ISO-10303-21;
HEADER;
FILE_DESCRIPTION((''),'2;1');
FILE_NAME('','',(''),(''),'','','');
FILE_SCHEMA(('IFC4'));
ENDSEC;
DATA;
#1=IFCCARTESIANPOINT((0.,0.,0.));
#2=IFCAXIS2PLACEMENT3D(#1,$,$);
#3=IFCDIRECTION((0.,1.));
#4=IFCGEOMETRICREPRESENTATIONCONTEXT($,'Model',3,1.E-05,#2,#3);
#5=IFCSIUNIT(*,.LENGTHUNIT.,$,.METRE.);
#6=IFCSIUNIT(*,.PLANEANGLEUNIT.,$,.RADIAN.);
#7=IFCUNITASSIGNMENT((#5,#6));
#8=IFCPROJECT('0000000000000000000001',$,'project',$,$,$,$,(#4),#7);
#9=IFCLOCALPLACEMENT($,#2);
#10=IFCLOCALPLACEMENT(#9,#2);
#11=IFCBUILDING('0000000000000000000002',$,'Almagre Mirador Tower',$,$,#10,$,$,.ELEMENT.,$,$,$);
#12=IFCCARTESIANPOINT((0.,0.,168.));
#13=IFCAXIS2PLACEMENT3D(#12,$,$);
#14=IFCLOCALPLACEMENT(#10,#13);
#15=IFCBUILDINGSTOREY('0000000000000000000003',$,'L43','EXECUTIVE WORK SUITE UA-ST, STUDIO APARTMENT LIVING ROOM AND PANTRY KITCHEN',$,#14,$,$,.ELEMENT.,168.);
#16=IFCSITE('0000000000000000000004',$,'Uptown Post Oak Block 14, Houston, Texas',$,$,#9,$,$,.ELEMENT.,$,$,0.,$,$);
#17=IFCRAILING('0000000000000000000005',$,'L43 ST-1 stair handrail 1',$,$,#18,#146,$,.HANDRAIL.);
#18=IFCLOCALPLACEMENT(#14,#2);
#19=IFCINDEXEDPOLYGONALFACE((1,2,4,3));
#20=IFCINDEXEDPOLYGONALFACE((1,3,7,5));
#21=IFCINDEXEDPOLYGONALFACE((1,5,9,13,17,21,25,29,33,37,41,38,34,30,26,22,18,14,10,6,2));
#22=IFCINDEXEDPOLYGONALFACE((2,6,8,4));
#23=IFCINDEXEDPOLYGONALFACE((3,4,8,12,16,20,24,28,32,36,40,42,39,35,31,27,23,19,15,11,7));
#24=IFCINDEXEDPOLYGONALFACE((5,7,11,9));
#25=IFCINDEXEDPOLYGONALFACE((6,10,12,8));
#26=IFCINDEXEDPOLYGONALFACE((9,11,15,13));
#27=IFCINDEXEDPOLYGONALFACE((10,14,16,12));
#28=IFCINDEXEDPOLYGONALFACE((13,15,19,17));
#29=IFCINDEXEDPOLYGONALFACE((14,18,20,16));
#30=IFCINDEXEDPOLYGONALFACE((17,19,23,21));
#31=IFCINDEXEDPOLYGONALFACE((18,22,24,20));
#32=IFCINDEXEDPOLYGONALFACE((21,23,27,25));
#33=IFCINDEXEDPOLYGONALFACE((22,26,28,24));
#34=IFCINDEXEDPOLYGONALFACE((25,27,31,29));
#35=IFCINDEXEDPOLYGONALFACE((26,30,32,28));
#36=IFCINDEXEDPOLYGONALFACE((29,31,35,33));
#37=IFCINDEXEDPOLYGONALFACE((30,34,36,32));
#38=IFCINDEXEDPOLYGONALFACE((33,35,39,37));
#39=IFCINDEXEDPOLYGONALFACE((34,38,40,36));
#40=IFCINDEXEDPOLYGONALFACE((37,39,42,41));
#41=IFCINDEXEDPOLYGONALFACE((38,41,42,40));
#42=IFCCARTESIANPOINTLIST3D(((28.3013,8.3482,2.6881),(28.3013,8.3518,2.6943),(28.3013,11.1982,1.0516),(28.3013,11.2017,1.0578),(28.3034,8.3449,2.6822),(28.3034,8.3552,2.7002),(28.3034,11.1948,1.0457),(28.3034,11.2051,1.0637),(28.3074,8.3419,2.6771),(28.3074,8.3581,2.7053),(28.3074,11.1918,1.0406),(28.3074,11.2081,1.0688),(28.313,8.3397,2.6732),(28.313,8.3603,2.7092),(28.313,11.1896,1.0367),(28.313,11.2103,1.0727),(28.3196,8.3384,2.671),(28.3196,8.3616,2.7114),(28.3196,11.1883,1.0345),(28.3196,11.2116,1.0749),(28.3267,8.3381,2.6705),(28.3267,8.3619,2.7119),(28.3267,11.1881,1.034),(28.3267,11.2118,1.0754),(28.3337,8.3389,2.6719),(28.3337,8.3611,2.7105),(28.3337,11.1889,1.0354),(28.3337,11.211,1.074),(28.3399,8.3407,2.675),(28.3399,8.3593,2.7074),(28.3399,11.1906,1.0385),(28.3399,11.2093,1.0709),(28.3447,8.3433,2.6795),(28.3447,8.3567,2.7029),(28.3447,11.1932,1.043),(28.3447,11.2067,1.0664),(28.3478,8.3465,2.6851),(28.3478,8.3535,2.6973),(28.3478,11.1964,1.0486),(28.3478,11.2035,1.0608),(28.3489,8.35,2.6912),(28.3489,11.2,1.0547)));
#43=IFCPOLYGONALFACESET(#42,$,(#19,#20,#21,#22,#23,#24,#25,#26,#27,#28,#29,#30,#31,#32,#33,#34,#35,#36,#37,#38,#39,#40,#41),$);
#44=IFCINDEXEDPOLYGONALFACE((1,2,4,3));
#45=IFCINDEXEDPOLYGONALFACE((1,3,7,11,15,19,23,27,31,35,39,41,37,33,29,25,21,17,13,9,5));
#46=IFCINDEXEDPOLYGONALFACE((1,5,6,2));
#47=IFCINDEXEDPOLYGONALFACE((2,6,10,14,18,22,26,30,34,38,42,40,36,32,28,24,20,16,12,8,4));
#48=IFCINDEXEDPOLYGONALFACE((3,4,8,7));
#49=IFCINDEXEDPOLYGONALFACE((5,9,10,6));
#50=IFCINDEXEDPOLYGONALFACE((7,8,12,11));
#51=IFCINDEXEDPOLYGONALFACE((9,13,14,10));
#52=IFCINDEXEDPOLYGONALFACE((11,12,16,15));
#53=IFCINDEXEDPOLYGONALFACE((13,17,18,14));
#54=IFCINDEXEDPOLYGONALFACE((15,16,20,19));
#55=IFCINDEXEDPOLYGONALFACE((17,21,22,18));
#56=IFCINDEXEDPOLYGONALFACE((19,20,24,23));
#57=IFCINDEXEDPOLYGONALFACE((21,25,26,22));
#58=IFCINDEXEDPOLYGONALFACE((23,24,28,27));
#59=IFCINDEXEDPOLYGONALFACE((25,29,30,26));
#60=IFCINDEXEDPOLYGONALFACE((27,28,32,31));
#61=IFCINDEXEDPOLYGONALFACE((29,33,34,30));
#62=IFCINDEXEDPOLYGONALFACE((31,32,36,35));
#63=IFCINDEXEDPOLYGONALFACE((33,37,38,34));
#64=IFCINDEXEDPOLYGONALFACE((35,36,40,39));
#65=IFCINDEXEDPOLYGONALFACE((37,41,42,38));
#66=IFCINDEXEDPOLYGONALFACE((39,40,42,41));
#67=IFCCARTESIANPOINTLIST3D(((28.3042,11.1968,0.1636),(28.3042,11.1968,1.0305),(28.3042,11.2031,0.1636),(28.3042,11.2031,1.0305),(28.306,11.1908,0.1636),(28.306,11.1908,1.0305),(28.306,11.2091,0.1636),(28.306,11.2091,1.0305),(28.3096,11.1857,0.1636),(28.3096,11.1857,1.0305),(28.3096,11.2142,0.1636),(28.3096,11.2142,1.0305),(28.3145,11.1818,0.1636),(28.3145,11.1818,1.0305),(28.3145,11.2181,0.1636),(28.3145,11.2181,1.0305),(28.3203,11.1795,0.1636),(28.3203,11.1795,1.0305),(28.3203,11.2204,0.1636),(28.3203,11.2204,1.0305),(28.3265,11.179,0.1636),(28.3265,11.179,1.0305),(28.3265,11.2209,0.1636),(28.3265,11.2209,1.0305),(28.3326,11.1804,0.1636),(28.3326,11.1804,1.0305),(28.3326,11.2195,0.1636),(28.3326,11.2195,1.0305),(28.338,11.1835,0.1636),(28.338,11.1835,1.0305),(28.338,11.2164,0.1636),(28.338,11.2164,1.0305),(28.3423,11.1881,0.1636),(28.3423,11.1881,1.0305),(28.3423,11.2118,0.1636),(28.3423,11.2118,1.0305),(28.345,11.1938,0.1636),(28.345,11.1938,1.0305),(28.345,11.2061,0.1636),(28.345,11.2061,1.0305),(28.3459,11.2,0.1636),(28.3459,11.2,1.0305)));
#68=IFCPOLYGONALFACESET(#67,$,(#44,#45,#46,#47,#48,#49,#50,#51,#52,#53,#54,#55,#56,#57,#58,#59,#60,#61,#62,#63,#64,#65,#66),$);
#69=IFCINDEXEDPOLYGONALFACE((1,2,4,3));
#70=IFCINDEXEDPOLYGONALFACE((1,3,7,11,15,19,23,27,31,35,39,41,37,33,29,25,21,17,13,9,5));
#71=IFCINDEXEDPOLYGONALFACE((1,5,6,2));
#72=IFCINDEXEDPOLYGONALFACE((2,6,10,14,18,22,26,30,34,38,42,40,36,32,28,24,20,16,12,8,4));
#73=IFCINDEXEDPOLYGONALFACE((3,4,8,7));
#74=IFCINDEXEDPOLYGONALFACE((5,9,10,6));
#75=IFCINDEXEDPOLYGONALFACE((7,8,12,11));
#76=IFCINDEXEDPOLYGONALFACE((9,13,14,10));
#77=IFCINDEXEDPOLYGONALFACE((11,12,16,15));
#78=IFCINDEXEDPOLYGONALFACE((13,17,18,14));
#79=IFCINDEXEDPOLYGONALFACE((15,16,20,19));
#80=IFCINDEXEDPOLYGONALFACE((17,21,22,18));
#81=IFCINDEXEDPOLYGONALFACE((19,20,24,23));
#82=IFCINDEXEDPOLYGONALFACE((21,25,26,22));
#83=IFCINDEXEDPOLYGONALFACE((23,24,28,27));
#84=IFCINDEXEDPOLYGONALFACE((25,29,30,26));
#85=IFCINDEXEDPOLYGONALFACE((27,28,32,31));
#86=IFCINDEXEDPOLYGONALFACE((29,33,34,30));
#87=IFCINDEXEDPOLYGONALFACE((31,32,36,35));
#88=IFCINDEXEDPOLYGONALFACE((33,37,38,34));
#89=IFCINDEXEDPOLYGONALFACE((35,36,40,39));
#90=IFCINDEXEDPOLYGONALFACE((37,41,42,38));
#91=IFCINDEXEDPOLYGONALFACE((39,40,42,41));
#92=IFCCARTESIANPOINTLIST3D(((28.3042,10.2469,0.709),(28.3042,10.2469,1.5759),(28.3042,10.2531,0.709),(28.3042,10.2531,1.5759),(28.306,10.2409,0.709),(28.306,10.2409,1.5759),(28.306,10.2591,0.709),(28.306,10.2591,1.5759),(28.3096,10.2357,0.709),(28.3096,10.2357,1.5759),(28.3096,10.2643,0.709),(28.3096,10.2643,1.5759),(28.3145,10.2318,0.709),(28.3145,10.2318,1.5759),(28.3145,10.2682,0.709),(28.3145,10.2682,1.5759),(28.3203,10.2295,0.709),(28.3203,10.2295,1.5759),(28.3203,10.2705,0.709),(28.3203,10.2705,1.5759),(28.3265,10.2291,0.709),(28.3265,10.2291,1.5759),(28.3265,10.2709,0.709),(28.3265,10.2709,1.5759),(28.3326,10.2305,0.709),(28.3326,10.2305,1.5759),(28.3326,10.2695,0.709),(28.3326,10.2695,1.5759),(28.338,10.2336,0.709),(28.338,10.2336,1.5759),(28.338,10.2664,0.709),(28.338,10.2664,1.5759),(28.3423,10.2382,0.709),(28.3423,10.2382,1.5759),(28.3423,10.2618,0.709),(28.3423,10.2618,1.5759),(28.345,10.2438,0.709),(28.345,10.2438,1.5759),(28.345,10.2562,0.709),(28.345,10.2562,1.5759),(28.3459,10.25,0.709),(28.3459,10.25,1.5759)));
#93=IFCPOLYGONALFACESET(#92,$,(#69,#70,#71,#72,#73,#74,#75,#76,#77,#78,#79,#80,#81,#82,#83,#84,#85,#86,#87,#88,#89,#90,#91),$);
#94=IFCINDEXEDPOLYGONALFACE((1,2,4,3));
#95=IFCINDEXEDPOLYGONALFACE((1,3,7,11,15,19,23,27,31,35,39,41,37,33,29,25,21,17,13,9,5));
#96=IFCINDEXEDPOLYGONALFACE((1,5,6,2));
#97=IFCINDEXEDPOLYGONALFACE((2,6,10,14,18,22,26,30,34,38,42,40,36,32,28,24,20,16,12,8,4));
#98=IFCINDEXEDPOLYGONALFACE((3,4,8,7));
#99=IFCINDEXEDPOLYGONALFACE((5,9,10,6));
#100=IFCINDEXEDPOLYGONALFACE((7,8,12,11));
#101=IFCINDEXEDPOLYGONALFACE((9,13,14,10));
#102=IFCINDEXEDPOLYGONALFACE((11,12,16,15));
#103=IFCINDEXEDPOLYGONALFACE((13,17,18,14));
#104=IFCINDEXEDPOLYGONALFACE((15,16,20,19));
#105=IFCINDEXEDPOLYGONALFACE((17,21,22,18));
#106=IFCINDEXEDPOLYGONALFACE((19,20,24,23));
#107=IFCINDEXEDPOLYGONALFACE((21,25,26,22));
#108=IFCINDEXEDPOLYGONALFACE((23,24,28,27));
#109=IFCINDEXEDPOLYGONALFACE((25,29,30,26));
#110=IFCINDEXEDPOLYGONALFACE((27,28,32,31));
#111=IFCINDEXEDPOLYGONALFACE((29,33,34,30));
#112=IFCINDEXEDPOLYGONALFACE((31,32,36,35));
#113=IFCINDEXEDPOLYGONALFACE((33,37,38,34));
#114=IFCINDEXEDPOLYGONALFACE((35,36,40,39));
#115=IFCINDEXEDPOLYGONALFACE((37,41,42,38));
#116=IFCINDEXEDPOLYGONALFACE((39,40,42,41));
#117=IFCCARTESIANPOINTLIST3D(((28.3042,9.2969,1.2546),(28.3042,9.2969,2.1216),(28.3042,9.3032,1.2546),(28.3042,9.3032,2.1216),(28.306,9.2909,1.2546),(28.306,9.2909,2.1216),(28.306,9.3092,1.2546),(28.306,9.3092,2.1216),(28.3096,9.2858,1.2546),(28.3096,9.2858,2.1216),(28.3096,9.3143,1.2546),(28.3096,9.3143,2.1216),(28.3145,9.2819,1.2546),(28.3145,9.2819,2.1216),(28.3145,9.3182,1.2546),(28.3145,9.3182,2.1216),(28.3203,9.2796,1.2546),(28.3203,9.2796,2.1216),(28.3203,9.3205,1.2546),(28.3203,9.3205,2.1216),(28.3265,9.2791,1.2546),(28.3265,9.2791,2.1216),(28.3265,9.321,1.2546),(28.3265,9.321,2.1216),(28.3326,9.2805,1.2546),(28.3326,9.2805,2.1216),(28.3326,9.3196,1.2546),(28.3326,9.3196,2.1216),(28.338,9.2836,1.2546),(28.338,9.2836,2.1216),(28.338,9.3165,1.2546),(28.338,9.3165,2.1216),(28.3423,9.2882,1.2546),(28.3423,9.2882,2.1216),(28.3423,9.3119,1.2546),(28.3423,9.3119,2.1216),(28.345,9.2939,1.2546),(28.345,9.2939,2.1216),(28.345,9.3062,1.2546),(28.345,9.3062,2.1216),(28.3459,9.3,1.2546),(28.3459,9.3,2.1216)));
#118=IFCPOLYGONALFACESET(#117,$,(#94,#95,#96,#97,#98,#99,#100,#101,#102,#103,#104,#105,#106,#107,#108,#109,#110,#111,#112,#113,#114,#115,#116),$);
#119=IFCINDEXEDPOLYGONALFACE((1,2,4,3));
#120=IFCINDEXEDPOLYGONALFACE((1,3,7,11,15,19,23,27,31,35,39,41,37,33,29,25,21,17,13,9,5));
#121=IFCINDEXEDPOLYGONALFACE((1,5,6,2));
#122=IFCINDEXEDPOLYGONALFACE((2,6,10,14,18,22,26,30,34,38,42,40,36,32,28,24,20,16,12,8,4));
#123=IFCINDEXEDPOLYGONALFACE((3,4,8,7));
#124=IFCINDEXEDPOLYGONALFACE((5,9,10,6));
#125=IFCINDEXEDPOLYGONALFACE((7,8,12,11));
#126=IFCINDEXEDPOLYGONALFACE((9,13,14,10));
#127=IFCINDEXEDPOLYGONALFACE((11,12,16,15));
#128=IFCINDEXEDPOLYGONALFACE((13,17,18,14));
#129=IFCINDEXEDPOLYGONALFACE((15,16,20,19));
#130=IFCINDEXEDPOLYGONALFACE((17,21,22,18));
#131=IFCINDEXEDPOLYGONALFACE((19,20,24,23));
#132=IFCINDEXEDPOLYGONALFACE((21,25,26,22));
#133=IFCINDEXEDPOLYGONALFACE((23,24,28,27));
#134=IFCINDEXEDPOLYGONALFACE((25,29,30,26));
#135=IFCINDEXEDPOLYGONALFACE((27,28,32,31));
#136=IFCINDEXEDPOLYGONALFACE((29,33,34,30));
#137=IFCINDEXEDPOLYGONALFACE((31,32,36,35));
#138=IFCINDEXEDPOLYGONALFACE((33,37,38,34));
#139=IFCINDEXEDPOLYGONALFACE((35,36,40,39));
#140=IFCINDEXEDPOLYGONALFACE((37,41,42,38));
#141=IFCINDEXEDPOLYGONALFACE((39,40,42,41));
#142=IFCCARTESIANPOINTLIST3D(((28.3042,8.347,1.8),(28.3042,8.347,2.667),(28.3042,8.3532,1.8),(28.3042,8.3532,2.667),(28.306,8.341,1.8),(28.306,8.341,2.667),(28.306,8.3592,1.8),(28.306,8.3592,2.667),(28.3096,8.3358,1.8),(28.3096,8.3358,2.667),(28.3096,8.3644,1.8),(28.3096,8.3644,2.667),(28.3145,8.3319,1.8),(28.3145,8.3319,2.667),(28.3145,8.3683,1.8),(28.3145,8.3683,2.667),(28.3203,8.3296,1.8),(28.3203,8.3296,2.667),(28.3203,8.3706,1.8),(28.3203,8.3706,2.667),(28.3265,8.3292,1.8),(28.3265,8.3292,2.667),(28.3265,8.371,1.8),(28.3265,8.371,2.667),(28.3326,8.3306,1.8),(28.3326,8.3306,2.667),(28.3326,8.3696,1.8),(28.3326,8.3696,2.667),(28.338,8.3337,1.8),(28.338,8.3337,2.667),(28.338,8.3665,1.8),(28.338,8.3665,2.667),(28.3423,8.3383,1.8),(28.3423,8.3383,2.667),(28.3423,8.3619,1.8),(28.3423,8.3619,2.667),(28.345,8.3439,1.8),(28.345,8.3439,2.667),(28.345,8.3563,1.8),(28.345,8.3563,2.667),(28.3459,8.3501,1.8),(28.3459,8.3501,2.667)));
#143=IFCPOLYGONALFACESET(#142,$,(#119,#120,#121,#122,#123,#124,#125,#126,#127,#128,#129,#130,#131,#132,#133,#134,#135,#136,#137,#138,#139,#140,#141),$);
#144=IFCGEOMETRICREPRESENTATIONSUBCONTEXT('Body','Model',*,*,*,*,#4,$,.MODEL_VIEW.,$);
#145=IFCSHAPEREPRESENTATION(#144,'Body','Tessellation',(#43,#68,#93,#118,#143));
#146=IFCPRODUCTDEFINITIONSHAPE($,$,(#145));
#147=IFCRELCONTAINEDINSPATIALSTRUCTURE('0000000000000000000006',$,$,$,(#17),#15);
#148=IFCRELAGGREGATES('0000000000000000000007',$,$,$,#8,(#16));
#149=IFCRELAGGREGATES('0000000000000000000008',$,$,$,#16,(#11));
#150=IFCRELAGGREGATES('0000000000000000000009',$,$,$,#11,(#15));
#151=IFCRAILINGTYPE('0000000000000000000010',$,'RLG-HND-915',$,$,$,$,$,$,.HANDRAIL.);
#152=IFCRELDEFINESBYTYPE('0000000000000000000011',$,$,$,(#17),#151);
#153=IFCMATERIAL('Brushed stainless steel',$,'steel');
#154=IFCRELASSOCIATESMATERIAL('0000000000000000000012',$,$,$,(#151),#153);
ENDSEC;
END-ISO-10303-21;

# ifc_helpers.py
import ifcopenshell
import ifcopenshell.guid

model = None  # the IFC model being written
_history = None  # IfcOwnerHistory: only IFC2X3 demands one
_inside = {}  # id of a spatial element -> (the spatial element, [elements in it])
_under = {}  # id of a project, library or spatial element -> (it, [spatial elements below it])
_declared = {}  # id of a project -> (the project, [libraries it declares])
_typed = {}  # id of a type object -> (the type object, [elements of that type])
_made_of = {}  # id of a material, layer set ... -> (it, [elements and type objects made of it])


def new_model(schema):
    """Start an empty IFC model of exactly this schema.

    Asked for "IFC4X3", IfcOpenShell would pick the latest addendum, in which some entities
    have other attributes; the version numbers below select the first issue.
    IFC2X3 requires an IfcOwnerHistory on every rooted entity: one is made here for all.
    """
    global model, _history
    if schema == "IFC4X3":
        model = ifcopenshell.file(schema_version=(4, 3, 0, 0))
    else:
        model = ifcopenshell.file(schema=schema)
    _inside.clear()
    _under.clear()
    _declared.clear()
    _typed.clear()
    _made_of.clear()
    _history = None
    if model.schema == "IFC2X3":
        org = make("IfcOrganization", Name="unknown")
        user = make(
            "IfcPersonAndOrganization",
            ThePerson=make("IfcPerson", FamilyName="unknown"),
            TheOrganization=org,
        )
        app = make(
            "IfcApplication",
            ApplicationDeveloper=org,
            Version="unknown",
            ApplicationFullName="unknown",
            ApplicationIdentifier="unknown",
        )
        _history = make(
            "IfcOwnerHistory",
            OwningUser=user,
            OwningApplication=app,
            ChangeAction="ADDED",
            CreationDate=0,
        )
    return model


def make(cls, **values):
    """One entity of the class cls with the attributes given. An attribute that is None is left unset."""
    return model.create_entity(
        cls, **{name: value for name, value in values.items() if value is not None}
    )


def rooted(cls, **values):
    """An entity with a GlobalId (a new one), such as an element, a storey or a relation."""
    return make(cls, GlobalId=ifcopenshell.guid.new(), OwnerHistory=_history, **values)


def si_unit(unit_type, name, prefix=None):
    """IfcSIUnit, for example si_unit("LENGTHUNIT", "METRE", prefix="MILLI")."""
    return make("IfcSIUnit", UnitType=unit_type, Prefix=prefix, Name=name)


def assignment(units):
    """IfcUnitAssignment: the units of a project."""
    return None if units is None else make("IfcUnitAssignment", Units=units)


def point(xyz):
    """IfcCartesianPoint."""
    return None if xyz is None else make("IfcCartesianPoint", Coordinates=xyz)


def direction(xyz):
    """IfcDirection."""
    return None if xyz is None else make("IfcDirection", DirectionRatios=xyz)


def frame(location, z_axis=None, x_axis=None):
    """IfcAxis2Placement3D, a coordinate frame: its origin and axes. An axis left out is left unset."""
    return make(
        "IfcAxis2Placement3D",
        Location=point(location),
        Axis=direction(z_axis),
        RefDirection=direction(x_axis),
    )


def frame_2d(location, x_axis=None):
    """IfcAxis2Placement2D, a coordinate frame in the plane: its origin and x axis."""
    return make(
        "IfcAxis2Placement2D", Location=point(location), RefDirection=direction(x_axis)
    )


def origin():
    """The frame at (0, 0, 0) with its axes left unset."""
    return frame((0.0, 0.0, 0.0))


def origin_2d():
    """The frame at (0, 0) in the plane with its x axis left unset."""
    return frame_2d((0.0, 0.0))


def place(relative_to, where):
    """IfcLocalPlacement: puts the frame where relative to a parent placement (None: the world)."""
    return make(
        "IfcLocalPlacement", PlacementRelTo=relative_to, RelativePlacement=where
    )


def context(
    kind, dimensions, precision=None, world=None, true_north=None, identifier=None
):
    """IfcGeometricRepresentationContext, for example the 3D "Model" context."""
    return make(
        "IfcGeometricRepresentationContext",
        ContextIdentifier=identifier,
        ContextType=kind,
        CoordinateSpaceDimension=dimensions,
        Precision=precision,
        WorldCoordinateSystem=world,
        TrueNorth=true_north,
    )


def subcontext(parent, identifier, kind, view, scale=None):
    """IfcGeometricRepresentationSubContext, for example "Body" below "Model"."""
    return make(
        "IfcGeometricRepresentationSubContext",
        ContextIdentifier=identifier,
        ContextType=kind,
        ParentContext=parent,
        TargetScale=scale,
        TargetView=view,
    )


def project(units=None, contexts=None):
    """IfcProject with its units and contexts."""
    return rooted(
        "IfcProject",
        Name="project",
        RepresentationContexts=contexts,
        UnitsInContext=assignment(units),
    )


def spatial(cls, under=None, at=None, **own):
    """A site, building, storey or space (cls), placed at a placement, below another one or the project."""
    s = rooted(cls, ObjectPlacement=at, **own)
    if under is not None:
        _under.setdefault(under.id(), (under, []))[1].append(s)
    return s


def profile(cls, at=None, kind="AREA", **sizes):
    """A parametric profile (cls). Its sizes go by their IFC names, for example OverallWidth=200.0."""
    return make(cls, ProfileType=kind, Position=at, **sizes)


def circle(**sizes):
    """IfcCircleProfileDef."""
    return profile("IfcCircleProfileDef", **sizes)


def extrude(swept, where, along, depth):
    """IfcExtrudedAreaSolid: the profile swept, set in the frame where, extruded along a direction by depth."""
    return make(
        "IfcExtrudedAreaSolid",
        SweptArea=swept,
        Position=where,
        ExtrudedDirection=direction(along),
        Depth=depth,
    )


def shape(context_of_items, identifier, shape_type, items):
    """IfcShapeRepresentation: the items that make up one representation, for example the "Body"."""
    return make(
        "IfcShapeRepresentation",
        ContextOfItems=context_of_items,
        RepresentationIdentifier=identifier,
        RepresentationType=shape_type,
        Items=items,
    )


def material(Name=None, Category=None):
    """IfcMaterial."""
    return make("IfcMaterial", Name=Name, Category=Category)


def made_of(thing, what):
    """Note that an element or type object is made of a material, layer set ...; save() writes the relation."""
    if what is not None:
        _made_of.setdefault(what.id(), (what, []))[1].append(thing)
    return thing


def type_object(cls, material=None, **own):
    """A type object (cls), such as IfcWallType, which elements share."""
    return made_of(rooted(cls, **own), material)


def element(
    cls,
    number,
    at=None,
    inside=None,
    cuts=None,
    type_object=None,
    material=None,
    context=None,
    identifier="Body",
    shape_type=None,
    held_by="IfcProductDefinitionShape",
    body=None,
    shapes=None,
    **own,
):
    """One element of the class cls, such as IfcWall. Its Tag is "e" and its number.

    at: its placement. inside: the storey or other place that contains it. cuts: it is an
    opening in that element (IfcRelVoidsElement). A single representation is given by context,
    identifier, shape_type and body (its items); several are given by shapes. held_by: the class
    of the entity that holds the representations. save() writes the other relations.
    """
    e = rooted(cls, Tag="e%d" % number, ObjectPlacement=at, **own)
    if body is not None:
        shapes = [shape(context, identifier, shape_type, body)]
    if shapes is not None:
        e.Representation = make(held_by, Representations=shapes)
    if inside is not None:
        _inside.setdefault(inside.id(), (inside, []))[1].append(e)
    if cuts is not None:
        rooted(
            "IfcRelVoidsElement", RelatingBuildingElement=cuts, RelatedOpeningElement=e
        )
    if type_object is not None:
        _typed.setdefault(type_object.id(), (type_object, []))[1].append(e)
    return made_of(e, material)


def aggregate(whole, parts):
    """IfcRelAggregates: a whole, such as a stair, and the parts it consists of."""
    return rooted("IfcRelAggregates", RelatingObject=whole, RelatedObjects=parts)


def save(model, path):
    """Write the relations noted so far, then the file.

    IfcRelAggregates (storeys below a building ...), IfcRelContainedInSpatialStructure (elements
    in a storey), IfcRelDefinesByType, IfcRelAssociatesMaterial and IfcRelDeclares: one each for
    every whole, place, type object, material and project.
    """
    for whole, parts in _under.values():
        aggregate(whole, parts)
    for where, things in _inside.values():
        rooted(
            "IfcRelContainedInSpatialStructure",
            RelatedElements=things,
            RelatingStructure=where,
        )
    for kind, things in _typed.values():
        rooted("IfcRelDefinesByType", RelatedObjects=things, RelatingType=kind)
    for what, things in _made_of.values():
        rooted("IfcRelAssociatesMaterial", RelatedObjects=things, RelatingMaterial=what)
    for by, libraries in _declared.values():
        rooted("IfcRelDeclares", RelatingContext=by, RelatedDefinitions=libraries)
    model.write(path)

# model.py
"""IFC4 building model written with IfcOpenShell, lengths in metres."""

from ifc_helpers import new_model, si_unit, direction, frame, origin, origin_2d, place, context, subcontext, project, spatial, circle, extrude, material, type_object, element, save


model = new_model("IFC4")

# Units and contexts
model_context = context("Model", 3, precision=1e-05, world=origin(), true_north=direction((0.0, 1.0)))
body_context = subcontext(model_context, "Body", "Model", "MODEL_VIEW")
ifc_project = project(units=[si_unit("LENGTHUNIT", "METRE"), si_unit("PLANEANGLEUNIT", "RADIAN")], contexts=[model_context])

# Site, building, storey
site_placement = place(None, origin())
site = spatial("IfcSite", under=ifc_project, at=site_placement, Name="Uptown Post Oak Block 14, Houston, Texas", CompositionType="ELEMENT", RefElevation=0.0)
building_placement = place(site_placement, origin())
building = spatial("IfcBuilding", under=site, at=building_placement, Name="Almagre Mirador Tower", CompositionType="ELEMENT")
storey_placement = place(building_placement, frame((0.0, 0.0, 168.0)))
storey = spatial("IfcBuildingStorey", under=building, at=storey_placement, Name="L43", Description="EXECUTIVE WORK SUITE UA-ST, STUDIO APARTMENT LIVING ROOM AND PANTRY KITCHEN", CompositionType="ELEMENT", Elevation=168.0)

# Railing
ifc_material_1 = material(Name="Brushed stainless steel", Category="steel")
railing_type_1 = type_object("IfcRailingType", Name="RLG-HND-915", PredefinedType="HANDRAIL", material=ifc_material_1)
railing_1_placement = place(storey_placement, frame((28.325, 11.2, 0.1636)))
element("IfcRailing", 1, at=railing_1_placement, inside=storey, type_object=railing_type_1, Name="L43 ST-1 stair handrail 1", PredefinedType="HANDRAIL", context=body_context, shape_type="SweptSolid", body=[
    extrude(circle(Radius=0.0239, at=origin_2d()), frame((0.0, 0.0, 0.8911), z_axis=(0.0, -0.867194, 0.49797), x_axis=(1.0, 0.0, 0.0)), (0.0, 0.0, 1.0), 3.2864),
    extrude(circle(Radius=0.021, at=origin_2d()), origin(), (0.0, 0.0, 1.0), 0.8669),
    extrude(circle(Radius=0.021, at=origin_2d()), frame((0.0, -0.95, 0.5454)), (0.0, 0.0, 1.0), 0.8669),
    extrude(circle(Radius=0.021, at=origin_2d()), frame((0.0, -1.8999, 1.0911)), (0.0, 0.0, 1.0), 0.8669),
    extrude(circle(Radius=0.021, at=origin_2d()), frame((0.0, -2.8499, 1.6365)), (0.0, 0.0, 1.0), 0.8669),
])

save(model, "model.ifc")
